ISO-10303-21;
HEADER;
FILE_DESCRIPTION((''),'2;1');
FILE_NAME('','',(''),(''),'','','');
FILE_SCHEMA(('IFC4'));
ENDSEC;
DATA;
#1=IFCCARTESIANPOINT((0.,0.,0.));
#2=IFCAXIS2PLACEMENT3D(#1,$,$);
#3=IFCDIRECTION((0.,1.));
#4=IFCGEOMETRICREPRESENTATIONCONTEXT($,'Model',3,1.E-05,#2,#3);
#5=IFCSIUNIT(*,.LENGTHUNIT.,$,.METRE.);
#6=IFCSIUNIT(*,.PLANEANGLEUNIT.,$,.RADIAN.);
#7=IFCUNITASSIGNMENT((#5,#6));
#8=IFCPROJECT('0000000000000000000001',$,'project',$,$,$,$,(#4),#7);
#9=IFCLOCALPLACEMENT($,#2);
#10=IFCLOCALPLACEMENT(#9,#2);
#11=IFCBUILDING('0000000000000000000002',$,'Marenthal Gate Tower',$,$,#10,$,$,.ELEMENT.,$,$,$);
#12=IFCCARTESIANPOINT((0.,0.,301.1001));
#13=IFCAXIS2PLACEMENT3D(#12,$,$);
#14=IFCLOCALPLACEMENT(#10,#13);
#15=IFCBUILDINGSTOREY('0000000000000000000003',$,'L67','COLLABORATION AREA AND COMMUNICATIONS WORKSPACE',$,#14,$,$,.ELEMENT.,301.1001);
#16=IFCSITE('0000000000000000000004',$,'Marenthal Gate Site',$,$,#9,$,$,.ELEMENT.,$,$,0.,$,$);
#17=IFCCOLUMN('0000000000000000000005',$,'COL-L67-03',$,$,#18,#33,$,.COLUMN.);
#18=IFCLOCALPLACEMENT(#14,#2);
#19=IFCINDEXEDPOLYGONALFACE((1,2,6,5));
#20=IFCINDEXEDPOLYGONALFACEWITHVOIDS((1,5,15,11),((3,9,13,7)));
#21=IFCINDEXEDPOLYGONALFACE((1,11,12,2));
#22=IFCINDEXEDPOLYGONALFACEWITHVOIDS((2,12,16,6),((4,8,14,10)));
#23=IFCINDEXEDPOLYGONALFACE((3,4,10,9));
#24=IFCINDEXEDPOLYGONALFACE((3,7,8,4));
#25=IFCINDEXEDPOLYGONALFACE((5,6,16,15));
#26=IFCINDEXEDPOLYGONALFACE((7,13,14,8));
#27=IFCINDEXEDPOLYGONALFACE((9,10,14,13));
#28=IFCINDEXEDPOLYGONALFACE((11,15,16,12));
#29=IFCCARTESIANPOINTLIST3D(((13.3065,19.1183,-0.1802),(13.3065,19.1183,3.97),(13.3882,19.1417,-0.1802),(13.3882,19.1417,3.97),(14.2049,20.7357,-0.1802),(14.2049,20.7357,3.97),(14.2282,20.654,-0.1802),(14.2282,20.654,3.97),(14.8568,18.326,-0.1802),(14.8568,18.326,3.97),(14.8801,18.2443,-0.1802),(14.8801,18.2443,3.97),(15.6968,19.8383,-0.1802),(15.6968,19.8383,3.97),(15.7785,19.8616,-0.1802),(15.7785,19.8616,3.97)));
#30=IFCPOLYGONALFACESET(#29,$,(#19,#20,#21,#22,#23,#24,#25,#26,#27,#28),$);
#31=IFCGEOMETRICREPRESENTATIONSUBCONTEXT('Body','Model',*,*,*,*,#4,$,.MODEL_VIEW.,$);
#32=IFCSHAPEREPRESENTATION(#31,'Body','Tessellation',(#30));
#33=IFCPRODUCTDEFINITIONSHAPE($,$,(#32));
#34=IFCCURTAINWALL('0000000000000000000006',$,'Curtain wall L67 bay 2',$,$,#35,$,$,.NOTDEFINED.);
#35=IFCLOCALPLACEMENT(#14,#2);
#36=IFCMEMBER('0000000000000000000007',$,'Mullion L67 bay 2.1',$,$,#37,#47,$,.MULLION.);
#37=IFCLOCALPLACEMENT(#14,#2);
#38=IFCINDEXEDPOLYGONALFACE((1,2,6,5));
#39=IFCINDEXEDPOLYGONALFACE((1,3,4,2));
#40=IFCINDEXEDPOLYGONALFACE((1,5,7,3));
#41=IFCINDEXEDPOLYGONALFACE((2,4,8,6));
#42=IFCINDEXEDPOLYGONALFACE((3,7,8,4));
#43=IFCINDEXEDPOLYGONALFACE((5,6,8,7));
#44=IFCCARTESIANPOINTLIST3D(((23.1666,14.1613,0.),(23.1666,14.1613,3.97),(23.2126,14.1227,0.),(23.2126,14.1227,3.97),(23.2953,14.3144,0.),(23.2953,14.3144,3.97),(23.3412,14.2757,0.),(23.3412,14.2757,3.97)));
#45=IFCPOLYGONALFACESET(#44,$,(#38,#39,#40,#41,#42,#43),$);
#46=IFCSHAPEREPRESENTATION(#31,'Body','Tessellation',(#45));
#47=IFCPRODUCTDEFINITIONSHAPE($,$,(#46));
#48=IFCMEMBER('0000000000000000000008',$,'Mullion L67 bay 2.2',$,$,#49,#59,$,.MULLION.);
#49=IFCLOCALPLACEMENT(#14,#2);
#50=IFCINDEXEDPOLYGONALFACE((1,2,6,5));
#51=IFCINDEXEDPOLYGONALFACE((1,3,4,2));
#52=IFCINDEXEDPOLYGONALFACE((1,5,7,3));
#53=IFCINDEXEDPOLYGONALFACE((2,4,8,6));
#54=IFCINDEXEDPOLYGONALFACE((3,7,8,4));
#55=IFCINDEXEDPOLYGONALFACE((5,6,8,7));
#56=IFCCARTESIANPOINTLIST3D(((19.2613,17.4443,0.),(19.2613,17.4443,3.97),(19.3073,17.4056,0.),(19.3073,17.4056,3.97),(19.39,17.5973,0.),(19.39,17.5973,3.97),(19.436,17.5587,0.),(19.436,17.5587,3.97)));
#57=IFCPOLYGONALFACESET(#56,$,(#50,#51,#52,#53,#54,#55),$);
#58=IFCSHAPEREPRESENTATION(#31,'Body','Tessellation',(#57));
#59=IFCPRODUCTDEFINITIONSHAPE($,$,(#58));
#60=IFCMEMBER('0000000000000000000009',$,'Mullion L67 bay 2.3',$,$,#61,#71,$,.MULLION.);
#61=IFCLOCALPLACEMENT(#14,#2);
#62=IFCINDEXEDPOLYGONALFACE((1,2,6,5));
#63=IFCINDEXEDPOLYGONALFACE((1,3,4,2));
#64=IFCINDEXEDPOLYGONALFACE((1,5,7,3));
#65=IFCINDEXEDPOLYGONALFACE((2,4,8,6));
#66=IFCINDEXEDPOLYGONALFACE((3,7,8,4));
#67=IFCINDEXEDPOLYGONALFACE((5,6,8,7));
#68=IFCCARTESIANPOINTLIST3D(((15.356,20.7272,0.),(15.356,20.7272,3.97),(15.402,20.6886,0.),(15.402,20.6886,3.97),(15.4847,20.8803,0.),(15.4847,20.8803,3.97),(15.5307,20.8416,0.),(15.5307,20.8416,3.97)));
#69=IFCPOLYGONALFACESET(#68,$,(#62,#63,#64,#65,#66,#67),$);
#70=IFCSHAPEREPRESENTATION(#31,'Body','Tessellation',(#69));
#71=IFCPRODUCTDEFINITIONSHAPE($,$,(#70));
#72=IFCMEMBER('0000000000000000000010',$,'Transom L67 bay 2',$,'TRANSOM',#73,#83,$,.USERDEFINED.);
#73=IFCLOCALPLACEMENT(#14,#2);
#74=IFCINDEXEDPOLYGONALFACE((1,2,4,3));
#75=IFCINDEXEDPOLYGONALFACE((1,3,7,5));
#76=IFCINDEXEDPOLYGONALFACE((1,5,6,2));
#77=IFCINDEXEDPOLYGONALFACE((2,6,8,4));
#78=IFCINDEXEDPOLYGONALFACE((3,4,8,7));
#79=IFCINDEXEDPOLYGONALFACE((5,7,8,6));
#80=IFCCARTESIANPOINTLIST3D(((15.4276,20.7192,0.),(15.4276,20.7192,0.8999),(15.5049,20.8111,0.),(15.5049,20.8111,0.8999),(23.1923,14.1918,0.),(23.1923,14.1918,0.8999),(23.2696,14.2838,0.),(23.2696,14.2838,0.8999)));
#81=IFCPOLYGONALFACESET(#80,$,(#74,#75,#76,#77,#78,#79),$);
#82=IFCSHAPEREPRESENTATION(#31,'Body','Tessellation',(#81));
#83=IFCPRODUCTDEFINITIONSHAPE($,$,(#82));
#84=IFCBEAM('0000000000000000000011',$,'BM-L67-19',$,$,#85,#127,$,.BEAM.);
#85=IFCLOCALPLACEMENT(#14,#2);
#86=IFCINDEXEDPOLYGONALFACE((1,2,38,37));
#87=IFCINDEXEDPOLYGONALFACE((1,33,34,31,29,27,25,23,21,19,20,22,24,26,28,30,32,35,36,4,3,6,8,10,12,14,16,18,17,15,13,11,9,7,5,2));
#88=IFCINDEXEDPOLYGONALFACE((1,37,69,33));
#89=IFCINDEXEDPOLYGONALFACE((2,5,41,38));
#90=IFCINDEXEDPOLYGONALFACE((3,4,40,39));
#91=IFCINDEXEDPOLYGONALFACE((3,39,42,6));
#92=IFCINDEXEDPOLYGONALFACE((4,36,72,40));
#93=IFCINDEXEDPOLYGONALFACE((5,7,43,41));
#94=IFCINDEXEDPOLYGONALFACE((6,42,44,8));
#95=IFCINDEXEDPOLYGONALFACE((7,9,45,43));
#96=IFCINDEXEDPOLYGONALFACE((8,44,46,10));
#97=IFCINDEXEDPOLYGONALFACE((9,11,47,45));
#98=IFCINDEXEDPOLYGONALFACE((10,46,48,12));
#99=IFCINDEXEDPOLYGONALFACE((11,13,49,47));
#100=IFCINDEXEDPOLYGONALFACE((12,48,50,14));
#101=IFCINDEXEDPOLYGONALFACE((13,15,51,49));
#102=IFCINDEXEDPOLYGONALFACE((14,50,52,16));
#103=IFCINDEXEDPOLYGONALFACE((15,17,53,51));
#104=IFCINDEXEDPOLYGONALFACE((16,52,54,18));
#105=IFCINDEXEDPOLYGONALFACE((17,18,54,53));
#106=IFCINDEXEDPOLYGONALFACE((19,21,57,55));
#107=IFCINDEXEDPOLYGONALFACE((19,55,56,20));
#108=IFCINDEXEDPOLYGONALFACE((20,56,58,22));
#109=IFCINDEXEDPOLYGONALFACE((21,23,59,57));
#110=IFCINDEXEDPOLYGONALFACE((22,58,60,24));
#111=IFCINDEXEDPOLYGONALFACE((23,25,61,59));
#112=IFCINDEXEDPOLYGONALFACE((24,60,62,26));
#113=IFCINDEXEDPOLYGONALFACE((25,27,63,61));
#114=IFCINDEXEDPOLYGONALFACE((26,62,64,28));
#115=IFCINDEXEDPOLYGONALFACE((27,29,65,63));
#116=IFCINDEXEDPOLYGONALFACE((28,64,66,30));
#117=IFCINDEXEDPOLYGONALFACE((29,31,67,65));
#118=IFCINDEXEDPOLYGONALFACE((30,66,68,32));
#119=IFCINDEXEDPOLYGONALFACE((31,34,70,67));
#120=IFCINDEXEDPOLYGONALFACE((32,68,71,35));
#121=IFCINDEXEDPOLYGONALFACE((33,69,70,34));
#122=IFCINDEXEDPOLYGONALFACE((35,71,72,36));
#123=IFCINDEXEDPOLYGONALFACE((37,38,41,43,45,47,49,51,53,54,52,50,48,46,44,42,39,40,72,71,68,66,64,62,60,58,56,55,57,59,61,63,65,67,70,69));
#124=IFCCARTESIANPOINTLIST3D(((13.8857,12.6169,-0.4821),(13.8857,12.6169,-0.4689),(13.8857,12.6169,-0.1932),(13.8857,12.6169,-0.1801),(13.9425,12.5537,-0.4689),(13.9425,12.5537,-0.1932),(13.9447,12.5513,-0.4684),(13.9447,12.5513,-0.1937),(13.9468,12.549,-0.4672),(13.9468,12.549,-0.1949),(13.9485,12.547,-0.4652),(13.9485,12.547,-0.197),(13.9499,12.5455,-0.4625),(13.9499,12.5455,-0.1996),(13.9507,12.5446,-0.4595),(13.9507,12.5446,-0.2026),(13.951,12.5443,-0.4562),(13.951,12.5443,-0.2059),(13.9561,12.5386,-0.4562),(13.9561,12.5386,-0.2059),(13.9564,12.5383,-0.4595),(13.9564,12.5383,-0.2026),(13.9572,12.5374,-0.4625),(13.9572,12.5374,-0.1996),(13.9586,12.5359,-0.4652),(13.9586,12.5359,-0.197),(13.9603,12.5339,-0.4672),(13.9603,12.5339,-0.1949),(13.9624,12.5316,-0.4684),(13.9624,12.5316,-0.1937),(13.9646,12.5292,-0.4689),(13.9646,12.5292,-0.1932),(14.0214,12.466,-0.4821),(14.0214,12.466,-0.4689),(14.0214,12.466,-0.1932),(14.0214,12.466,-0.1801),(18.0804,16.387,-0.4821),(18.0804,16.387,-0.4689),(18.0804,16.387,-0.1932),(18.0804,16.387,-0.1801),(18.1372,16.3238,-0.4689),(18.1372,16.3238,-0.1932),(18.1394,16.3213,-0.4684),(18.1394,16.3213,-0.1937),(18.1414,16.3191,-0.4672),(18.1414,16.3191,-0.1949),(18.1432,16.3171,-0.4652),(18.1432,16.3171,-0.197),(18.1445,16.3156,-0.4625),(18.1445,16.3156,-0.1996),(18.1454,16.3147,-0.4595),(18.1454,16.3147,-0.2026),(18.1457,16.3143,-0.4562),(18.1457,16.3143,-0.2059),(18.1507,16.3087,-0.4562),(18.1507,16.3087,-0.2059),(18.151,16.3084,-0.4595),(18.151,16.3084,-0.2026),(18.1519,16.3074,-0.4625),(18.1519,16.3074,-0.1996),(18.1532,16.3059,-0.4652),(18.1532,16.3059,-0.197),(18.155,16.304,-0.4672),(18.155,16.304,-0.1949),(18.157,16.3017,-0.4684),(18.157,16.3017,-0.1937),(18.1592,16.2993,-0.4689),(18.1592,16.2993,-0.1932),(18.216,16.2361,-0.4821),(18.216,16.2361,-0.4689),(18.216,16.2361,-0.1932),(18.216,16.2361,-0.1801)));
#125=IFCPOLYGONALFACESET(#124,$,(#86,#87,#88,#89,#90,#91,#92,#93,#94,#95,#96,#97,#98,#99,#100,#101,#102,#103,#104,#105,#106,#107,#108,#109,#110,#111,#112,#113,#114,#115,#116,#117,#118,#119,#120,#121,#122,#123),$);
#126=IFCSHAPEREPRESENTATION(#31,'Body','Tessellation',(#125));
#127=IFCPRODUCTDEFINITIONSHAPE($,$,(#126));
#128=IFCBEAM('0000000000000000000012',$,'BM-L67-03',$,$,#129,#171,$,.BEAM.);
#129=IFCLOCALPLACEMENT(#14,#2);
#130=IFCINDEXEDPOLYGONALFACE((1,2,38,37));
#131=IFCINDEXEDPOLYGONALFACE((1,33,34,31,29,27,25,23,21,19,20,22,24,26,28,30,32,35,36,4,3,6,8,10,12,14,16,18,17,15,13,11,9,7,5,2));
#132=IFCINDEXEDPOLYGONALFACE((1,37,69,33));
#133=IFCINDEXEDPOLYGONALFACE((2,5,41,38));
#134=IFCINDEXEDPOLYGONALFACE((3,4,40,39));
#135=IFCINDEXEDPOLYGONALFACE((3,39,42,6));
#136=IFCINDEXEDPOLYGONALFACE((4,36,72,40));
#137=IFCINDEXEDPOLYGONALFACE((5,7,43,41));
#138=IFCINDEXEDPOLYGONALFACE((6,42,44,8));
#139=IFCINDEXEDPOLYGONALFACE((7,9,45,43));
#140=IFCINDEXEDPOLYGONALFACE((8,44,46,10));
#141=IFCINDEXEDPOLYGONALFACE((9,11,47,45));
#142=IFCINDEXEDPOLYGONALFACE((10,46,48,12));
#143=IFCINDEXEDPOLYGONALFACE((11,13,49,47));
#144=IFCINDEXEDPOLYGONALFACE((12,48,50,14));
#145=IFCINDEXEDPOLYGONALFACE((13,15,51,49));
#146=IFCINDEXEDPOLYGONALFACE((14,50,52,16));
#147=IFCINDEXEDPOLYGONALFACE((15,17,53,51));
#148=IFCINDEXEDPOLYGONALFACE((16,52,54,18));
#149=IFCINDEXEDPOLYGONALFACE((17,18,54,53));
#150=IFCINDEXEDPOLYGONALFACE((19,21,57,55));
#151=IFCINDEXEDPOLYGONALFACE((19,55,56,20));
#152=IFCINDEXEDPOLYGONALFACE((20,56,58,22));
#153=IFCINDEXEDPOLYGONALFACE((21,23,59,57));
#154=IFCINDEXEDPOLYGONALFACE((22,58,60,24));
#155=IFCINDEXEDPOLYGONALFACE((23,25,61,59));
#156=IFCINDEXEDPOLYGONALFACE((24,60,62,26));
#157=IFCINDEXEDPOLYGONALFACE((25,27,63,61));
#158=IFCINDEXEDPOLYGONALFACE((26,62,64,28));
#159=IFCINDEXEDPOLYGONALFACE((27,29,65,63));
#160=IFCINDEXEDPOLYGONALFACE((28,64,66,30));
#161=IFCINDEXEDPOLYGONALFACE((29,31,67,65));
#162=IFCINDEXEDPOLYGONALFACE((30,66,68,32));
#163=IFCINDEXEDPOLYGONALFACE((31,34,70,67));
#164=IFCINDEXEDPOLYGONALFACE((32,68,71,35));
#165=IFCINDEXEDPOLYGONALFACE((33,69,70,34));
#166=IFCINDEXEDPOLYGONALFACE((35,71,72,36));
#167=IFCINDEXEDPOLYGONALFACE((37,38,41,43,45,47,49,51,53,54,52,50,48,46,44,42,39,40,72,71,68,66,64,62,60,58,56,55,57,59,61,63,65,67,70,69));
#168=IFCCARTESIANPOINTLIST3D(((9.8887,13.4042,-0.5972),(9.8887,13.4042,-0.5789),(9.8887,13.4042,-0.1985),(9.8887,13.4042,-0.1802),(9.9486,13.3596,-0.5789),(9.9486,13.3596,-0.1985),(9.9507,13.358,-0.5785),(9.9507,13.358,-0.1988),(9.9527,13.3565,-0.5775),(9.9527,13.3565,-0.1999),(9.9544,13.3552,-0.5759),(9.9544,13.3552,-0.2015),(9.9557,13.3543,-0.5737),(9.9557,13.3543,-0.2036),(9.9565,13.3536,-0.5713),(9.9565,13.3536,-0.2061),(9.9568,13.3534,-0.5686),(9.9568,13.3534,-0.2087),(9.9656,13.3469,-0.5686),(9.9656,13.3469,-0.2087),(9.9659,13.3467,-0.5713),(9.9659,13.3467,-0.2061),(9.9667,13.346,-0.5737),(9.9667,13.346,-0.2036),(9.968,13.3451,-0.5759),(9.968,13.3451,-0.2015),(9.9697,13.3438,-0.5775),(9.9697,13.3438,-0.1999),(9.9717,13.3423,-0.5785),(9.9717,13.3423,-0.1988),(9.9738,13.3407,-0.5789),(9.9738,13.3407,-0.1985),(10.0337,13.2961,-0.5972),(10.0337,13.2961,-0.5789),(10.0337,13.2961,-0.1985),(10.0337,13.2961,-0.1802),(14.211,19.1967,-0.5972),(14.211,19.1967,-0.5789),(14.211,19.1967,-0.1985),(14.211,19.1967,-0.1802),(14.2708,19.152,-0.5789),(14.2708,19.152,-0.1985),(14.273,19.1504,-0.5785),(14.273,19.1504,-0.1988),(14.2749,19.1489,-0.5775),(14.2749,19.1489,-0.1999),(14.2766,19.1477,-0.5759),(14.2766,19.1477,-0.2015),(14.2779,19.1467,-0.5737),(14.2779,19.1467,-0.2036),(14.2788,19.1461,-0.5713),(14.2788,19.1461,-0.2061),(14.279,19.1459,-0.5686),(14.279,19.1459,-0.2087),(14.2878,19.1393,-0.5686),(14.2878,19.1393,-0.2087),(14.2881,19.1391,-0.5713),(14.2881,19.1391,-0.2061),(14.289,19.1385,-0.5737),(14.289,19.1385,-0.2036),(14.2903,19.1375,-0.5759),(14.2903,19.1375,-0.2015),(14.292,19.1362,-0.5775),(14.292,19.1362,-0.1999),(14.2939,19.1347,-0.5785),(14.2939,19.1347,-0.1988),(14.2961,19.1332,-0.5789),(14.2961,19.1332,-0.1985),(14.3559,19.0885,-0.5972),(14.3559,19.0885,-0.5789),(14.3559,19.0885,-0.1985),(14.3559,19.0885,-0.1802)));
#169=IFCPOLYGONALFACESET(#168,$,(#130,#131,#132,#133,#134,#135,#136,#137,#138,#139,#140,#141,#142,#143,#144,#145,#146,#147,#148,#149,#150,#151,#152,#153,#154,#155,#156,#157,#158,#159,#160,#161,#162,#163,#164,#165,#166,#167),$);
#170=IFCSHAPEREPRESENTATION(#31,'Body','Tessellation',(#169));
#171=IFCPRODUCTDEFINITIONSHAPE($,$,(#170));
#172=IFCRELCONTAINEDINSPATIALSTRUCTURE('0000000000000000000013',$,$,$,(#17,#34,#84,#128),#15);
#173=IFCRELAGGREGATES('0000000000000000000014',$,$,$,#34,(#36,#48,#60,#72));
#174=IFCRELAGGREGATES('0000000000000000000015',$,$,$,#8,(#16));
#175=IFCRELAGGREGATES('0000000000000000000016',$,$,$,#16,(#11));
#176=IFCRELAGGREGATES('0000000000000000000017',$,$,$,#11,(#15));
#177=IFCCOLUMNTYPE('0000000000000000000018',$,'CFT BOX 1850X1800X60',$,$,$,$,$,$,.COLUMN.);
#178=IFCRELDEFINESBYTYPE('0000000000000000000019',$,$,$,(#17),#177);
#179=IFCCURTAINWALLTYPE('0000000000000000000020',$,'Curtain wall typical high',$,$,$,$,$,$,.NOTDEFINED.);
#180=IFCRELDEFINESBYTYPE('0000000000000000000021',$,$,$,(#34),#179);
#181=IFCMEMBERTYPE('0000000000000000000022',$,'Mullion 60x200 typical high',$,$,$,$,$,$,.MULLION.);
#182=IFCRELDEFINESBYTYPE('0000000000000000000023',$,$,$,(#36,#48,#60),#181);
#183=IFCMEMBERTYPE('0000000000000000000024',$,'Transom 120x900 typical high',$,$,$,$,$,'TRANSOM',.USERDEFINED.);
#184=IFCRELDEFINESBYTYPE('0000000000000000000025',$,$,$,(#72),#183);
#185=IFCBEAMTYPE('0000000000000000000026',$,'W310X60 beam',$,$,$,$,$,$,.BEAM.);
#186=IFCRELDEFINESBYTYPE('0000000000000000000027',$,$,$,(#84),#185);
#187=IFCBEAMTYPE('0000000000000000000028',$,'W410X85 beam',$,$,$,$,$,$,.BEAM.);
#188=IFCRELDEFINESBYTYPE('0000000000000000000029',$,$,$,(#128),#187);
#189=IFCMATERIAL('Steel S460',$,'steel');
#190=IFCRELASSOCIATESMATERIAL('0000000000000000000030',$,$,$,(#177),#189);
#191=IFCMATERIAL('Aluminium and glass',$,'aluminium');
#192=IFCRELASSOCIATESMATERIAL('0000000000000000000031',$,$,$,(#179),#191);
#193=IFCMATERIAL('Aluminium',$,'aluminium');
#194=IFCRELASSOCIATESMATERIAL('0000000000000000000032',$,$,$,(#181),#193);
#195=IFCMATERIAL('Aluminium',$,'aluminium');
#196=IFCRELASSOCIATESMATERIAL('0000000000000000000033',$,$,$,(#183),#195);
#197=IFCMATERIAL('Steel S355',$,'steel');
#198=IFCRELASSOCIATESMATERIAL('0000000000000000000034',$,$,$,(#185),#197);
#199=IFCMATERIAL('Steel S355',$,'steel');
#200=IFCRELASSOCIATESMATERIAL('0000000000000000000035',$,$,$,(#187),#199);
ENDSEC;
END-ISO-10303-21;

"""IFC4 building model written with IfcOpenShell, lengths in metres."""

from ifc_helpers import new_model, si_unit, direction, frame, origin, origin_2d, place, context, subcontext, project, spatial, rectangle, hollow_rectangle, i_section, extrude, material, material_profile, profile_set, type_object, element, aggregate, save


model = new_model("IFC4")

# Units and contexts
model_context = context("Model", 3, precision=1e-05, world=origin(), true_north=direction((0.0, 1.0)))
body_context = subcontext(model_context, "Body", "Model", "MODEL_VIEW")
ifc_project = project(units=[si_unit("LENGTHUNIT", "METRE"), si_unit("PLANEANGLEUNIT", "RADIAN")], contexts=[model_context])

# Site, building, storey
site_placement = place(None, origin())
site = spatial("IfcSite", under=ifc_project, at=site_placement, Name="Marenthal Gate Site", CompositionType="ELEMENT", RefElevation=0.0)
building_placement = place(site_placement, origin())
building = spatial("IfcBuilding", under=site, at=building_placement, Name="Marenthal Gate Tower", CompositionType="ELEMENT")
storey_placement = place(building_placement, frame((0.0, 0.0, 301.1001)))
storey = spatial("IfcBuildingStorey", under=building, at=storey_placement, Name="L67", Description="COLLABORATION AREA AND COMMUNICATIONS WORKSPACE", CompositionType="ELEMENT", Elevation=301.1001)

# Column
ifc_material_1 = material(Name="Steel S460", Category="steel")
ifc_material_profile_1 = material_profile(ifc_material_1, hollow_rectangle(XDim=1.8, YDim=1.8501, WallThickness=0.0601, at=origin_2d()), Name="CFT BOX 1850X1800X60")
ifc_material_2 = material(Name="Concrete 70 MPa", Category="concrete")
ifc_material_profile_2 = material_profile(ifc_material_2, rectangle(XDim=1.6799, YDim=1.73, at=origin_2d()), Name="CFT BOX 1850X1800X60 INFILL")
ifc_profile_set_1 = profile_set([ifc_material_profile_1, ifc_material_profile_2], Name="Steel S460 shell, Concrete 70 MPa infill")
column_type = type_object("IfcColumnType", Name="CFT BOX 1850X1800X60", PredefinedType="COLUMN", material=ifc_profile_set_1)
column_placement = place(storey_placement, frame((14.5425, 19.49, -0.1802), z_axis=(0.0, 0.0, 1.0), x_axis=(0.8742, -0.485567, 0.0)))
element("IfcColumn", 1, at=column_placement, inside=storey, type_object=column_type, Name="COL-L67-03", PredefinedType="COLUMN", context=body_context, shape_type="SweptSolid", body=[
    extrude(hollow_rectangle(XDim=1.8, YDim=1.8501, WallThickness=0.0601, at=origin_2d()), origin(), (0.0, 0.0, 1.0), 4.1501),
])

# Curtain wall, members
ifc_material_3 = material(Name="Aluminium and glass", Category="aluminium")
curtain_wall_type = type_object("IfcCurtainWallType", Name="Curtain wall typical high", PredefinedType="NOTDEFINED", material=ifc_material_3)
curtain_wall_placement = place(storey_placement, origin())
curtain_wall = element("IfcCurtainWall", 2, at=curtain_wall_placement, inside=storey, type_object=curtain_wall_type, Name="Curtain wall L67 bay 2", PredefinedType="NOTDEFINED")
ifc_material_4 = material(Name="Aluminium", Category="aluminium")
ifc_material_profile_3 = material_profile(ifc_material_4, rectangle(XDim=0.2, YDim=0.0601, at=origin_2d()), Name="60x200 aluminium mullion")
ifc_profile_set_2 = profile_set([ifc_material_profile_3], Name="Aluminium")
member_type_1 = type_object("IfcMemberType", Name="Mullion 60x200 typical high", PredefinedType="MULLION", material=ifc_profile_set_2)
member_1_placement = place(storey_placement, frame((23.2539, 14.2185, 0.0), z_axis=(0.0, 0.0, 1.0), x_axis=(-0.64348, -0.765463, 0.0)))
member_1 = element("IfcMember", 3, at=member_1_placement, type_object=member_type_1, Name="Mullion L67 bay 2.1", PredefinedType="MULLION", context=body_context, shape_type="SweptSolid", body=[
    extrude(rectangle(XDim=0.2, YDim=0.0601, at=origin_2d()), origin(), (0.0, 0.0, 1.0), 3.97),
])
member_2_placement = place(storey_placement, frame((19.3486, 17.5015, 0.0), z_axis=(0.0, 0.0, 1.0), x_axis=(-0.64348, -0.765463, 0.0)))
member_2 = element("IfcMember", 4, at=member_2_placement, type_object=member_type_1, Name="Mullion L67 bay 2.2", PredefinedType="MULLION", context=body_context, shape_type="SweptSolid", body=[
    extrude(rectangle(XDim=0.2, YDim=0.0601, at=origin_2d()), origin(), (0.0, 0.0, 1.0), 3.97),
])
member_3_placement = place(storey_placement, frame((15.4434, 20.7844, 0.0), z_axis=(0.0, 0.0, 1.0), x_axis=(-0.64348, -0.765463, 0.0)))
member_3 = element("IfcMember", 5, at=member_3_placement, type_object=member_type_1, Name="Mullion L67 bay 2.3", PredefinedType="MULLION", context=body_context, shape_type="SweptSolid", body=[
    extrude(rectangle(XDim=0.2, YDim=0.0601, at=origin_2d()), origin(), (0.0, 0.0, 1.0), 3.97),
])
ifc_material_5 = material(Name="Aluminium", Category="aluminium")
ifc_material_profile_4 = material_profile(ifc_material_5, rectangle(XDim=0.1201, YDim=0.8999, at=origin_2d()), Name="120x900 aluminium transom")
ifc_profile_set_3 = profile_set([ifc_material_profile_4], Name="Aluminium")
member_type_2 = type_object("IfcMemberType", Name="Transom 120x900 typical high", ElementType="TRANSOM", PredefinedType="USERDEFINED", material=ifc_profile_set_3)
member_4_placement = place(storey_placement, frame((23.231, 14.2378, 0.45), z_axis=(-0.76546, 0.643483, 0.0), x_axis=(-0.643483, -0.76546, 0.0)))
member_4 = element("IfcMember", 6, at=member_4_placement, type_object=member_type_2, Name="Transom L67 bay 2", ObjectType="TRANSOM", PredefinedType="USERDEFINED", context=body_context, shape_type="SweptSolid", body=[
    extrude(rectangle(XDim=0.1201, YDim=0.8999, at=origin_2d()), origin(), (0.0, 0.0, 1.0), 10.1438),
])

# Beams
ifc_material_6 = material(Name="Steel S355", Category="steel")
ifc_material_profile_5 = material_profile(ifc_material_6, i_section(OverallWidth=0.2029, OverallDepth=0.302, WebThickness=0.0076, FlangeThickness=0.0132, FilletRadius=0.0127, at=origin_2d()), Name="W310X60")
ifc_profile_set_4 = profile_set([ifc_material_profile_5], Name="Steel S355")
beam_type_1 = type_object("IfcBeamType", Name="W310X60 beam", PredefinedType="BEAM", material=ifc_profile_set_4)
beam_1_placement = place(storey_placement, frame((18.1482, 16.3115, -0.3311), z_axis=(-0.743744, -0.668465, 0.0), x_axis=(0.668465, -0.743744, 0.0)))
element("IfcBeam", 7, at=beam_1_placement, inside=storey, type_object=beam_type_1, Name="BM-L67-19", PredefinedType="BEAM", context=body_context, shape_type="SweptSolid", body=[
    extrude(i_section(OverallWidth=0.2029, OverallDepth=0.302, WebThickness=0.0076, FlangeThickness=0.0132, FilletRadius=0.0127, at=origin_2d()), origin(), (0.0, 0.0, 1.0), 5.6399),
])
ifc_material_7 = material(Name="Steel S355", Category="steel")
ifc_material_profile_6 = material_profile(ifc_material_7, i_section(OverallWidth=0.1809, OverallDepth=0.417, WebThickness=0.011, FlangeThickness=0.0183, FilletRadius=0.0103, at=origin_2d()), Name="W410X85")
ifc_profile_set_5 = profile_set([ifc_material_profile_6], Name="Steel S355")
beam_type_2 = type_object("IfcBeamType", Name="W410X85 beam", PredefinedType="BEAM", material=ifc_profile_set_5)
beam_2_placement = place(storey_placement, frame((14.2834, 19.1426, -0.3887), z_axis=(-0.598042, -0.801465, 0.0), x_axis=(0.801465, -0.598042, 0.0)))
element("IfcBeam", 8, at=beam_2_placement, inside=storey, type_object=beam_type_2, Name="BM-L67-03", PredefinedType="BEAM", context=body_context, shape_type="SweptSolid", body=[
    extrude(i_section(OverallWidth=0.1809, OverallDepth=0.417, WebThickness=0.011, FlangeThickness=0.0183, FilletRadius=0.0103, at=origin_2d()), origin(), (0.0, 0.0, 1.0), 7.2273),
])

aggregate(curtain_wall, [member_1, member_2, member_3, member_4])

save(model, "model.ifc")
